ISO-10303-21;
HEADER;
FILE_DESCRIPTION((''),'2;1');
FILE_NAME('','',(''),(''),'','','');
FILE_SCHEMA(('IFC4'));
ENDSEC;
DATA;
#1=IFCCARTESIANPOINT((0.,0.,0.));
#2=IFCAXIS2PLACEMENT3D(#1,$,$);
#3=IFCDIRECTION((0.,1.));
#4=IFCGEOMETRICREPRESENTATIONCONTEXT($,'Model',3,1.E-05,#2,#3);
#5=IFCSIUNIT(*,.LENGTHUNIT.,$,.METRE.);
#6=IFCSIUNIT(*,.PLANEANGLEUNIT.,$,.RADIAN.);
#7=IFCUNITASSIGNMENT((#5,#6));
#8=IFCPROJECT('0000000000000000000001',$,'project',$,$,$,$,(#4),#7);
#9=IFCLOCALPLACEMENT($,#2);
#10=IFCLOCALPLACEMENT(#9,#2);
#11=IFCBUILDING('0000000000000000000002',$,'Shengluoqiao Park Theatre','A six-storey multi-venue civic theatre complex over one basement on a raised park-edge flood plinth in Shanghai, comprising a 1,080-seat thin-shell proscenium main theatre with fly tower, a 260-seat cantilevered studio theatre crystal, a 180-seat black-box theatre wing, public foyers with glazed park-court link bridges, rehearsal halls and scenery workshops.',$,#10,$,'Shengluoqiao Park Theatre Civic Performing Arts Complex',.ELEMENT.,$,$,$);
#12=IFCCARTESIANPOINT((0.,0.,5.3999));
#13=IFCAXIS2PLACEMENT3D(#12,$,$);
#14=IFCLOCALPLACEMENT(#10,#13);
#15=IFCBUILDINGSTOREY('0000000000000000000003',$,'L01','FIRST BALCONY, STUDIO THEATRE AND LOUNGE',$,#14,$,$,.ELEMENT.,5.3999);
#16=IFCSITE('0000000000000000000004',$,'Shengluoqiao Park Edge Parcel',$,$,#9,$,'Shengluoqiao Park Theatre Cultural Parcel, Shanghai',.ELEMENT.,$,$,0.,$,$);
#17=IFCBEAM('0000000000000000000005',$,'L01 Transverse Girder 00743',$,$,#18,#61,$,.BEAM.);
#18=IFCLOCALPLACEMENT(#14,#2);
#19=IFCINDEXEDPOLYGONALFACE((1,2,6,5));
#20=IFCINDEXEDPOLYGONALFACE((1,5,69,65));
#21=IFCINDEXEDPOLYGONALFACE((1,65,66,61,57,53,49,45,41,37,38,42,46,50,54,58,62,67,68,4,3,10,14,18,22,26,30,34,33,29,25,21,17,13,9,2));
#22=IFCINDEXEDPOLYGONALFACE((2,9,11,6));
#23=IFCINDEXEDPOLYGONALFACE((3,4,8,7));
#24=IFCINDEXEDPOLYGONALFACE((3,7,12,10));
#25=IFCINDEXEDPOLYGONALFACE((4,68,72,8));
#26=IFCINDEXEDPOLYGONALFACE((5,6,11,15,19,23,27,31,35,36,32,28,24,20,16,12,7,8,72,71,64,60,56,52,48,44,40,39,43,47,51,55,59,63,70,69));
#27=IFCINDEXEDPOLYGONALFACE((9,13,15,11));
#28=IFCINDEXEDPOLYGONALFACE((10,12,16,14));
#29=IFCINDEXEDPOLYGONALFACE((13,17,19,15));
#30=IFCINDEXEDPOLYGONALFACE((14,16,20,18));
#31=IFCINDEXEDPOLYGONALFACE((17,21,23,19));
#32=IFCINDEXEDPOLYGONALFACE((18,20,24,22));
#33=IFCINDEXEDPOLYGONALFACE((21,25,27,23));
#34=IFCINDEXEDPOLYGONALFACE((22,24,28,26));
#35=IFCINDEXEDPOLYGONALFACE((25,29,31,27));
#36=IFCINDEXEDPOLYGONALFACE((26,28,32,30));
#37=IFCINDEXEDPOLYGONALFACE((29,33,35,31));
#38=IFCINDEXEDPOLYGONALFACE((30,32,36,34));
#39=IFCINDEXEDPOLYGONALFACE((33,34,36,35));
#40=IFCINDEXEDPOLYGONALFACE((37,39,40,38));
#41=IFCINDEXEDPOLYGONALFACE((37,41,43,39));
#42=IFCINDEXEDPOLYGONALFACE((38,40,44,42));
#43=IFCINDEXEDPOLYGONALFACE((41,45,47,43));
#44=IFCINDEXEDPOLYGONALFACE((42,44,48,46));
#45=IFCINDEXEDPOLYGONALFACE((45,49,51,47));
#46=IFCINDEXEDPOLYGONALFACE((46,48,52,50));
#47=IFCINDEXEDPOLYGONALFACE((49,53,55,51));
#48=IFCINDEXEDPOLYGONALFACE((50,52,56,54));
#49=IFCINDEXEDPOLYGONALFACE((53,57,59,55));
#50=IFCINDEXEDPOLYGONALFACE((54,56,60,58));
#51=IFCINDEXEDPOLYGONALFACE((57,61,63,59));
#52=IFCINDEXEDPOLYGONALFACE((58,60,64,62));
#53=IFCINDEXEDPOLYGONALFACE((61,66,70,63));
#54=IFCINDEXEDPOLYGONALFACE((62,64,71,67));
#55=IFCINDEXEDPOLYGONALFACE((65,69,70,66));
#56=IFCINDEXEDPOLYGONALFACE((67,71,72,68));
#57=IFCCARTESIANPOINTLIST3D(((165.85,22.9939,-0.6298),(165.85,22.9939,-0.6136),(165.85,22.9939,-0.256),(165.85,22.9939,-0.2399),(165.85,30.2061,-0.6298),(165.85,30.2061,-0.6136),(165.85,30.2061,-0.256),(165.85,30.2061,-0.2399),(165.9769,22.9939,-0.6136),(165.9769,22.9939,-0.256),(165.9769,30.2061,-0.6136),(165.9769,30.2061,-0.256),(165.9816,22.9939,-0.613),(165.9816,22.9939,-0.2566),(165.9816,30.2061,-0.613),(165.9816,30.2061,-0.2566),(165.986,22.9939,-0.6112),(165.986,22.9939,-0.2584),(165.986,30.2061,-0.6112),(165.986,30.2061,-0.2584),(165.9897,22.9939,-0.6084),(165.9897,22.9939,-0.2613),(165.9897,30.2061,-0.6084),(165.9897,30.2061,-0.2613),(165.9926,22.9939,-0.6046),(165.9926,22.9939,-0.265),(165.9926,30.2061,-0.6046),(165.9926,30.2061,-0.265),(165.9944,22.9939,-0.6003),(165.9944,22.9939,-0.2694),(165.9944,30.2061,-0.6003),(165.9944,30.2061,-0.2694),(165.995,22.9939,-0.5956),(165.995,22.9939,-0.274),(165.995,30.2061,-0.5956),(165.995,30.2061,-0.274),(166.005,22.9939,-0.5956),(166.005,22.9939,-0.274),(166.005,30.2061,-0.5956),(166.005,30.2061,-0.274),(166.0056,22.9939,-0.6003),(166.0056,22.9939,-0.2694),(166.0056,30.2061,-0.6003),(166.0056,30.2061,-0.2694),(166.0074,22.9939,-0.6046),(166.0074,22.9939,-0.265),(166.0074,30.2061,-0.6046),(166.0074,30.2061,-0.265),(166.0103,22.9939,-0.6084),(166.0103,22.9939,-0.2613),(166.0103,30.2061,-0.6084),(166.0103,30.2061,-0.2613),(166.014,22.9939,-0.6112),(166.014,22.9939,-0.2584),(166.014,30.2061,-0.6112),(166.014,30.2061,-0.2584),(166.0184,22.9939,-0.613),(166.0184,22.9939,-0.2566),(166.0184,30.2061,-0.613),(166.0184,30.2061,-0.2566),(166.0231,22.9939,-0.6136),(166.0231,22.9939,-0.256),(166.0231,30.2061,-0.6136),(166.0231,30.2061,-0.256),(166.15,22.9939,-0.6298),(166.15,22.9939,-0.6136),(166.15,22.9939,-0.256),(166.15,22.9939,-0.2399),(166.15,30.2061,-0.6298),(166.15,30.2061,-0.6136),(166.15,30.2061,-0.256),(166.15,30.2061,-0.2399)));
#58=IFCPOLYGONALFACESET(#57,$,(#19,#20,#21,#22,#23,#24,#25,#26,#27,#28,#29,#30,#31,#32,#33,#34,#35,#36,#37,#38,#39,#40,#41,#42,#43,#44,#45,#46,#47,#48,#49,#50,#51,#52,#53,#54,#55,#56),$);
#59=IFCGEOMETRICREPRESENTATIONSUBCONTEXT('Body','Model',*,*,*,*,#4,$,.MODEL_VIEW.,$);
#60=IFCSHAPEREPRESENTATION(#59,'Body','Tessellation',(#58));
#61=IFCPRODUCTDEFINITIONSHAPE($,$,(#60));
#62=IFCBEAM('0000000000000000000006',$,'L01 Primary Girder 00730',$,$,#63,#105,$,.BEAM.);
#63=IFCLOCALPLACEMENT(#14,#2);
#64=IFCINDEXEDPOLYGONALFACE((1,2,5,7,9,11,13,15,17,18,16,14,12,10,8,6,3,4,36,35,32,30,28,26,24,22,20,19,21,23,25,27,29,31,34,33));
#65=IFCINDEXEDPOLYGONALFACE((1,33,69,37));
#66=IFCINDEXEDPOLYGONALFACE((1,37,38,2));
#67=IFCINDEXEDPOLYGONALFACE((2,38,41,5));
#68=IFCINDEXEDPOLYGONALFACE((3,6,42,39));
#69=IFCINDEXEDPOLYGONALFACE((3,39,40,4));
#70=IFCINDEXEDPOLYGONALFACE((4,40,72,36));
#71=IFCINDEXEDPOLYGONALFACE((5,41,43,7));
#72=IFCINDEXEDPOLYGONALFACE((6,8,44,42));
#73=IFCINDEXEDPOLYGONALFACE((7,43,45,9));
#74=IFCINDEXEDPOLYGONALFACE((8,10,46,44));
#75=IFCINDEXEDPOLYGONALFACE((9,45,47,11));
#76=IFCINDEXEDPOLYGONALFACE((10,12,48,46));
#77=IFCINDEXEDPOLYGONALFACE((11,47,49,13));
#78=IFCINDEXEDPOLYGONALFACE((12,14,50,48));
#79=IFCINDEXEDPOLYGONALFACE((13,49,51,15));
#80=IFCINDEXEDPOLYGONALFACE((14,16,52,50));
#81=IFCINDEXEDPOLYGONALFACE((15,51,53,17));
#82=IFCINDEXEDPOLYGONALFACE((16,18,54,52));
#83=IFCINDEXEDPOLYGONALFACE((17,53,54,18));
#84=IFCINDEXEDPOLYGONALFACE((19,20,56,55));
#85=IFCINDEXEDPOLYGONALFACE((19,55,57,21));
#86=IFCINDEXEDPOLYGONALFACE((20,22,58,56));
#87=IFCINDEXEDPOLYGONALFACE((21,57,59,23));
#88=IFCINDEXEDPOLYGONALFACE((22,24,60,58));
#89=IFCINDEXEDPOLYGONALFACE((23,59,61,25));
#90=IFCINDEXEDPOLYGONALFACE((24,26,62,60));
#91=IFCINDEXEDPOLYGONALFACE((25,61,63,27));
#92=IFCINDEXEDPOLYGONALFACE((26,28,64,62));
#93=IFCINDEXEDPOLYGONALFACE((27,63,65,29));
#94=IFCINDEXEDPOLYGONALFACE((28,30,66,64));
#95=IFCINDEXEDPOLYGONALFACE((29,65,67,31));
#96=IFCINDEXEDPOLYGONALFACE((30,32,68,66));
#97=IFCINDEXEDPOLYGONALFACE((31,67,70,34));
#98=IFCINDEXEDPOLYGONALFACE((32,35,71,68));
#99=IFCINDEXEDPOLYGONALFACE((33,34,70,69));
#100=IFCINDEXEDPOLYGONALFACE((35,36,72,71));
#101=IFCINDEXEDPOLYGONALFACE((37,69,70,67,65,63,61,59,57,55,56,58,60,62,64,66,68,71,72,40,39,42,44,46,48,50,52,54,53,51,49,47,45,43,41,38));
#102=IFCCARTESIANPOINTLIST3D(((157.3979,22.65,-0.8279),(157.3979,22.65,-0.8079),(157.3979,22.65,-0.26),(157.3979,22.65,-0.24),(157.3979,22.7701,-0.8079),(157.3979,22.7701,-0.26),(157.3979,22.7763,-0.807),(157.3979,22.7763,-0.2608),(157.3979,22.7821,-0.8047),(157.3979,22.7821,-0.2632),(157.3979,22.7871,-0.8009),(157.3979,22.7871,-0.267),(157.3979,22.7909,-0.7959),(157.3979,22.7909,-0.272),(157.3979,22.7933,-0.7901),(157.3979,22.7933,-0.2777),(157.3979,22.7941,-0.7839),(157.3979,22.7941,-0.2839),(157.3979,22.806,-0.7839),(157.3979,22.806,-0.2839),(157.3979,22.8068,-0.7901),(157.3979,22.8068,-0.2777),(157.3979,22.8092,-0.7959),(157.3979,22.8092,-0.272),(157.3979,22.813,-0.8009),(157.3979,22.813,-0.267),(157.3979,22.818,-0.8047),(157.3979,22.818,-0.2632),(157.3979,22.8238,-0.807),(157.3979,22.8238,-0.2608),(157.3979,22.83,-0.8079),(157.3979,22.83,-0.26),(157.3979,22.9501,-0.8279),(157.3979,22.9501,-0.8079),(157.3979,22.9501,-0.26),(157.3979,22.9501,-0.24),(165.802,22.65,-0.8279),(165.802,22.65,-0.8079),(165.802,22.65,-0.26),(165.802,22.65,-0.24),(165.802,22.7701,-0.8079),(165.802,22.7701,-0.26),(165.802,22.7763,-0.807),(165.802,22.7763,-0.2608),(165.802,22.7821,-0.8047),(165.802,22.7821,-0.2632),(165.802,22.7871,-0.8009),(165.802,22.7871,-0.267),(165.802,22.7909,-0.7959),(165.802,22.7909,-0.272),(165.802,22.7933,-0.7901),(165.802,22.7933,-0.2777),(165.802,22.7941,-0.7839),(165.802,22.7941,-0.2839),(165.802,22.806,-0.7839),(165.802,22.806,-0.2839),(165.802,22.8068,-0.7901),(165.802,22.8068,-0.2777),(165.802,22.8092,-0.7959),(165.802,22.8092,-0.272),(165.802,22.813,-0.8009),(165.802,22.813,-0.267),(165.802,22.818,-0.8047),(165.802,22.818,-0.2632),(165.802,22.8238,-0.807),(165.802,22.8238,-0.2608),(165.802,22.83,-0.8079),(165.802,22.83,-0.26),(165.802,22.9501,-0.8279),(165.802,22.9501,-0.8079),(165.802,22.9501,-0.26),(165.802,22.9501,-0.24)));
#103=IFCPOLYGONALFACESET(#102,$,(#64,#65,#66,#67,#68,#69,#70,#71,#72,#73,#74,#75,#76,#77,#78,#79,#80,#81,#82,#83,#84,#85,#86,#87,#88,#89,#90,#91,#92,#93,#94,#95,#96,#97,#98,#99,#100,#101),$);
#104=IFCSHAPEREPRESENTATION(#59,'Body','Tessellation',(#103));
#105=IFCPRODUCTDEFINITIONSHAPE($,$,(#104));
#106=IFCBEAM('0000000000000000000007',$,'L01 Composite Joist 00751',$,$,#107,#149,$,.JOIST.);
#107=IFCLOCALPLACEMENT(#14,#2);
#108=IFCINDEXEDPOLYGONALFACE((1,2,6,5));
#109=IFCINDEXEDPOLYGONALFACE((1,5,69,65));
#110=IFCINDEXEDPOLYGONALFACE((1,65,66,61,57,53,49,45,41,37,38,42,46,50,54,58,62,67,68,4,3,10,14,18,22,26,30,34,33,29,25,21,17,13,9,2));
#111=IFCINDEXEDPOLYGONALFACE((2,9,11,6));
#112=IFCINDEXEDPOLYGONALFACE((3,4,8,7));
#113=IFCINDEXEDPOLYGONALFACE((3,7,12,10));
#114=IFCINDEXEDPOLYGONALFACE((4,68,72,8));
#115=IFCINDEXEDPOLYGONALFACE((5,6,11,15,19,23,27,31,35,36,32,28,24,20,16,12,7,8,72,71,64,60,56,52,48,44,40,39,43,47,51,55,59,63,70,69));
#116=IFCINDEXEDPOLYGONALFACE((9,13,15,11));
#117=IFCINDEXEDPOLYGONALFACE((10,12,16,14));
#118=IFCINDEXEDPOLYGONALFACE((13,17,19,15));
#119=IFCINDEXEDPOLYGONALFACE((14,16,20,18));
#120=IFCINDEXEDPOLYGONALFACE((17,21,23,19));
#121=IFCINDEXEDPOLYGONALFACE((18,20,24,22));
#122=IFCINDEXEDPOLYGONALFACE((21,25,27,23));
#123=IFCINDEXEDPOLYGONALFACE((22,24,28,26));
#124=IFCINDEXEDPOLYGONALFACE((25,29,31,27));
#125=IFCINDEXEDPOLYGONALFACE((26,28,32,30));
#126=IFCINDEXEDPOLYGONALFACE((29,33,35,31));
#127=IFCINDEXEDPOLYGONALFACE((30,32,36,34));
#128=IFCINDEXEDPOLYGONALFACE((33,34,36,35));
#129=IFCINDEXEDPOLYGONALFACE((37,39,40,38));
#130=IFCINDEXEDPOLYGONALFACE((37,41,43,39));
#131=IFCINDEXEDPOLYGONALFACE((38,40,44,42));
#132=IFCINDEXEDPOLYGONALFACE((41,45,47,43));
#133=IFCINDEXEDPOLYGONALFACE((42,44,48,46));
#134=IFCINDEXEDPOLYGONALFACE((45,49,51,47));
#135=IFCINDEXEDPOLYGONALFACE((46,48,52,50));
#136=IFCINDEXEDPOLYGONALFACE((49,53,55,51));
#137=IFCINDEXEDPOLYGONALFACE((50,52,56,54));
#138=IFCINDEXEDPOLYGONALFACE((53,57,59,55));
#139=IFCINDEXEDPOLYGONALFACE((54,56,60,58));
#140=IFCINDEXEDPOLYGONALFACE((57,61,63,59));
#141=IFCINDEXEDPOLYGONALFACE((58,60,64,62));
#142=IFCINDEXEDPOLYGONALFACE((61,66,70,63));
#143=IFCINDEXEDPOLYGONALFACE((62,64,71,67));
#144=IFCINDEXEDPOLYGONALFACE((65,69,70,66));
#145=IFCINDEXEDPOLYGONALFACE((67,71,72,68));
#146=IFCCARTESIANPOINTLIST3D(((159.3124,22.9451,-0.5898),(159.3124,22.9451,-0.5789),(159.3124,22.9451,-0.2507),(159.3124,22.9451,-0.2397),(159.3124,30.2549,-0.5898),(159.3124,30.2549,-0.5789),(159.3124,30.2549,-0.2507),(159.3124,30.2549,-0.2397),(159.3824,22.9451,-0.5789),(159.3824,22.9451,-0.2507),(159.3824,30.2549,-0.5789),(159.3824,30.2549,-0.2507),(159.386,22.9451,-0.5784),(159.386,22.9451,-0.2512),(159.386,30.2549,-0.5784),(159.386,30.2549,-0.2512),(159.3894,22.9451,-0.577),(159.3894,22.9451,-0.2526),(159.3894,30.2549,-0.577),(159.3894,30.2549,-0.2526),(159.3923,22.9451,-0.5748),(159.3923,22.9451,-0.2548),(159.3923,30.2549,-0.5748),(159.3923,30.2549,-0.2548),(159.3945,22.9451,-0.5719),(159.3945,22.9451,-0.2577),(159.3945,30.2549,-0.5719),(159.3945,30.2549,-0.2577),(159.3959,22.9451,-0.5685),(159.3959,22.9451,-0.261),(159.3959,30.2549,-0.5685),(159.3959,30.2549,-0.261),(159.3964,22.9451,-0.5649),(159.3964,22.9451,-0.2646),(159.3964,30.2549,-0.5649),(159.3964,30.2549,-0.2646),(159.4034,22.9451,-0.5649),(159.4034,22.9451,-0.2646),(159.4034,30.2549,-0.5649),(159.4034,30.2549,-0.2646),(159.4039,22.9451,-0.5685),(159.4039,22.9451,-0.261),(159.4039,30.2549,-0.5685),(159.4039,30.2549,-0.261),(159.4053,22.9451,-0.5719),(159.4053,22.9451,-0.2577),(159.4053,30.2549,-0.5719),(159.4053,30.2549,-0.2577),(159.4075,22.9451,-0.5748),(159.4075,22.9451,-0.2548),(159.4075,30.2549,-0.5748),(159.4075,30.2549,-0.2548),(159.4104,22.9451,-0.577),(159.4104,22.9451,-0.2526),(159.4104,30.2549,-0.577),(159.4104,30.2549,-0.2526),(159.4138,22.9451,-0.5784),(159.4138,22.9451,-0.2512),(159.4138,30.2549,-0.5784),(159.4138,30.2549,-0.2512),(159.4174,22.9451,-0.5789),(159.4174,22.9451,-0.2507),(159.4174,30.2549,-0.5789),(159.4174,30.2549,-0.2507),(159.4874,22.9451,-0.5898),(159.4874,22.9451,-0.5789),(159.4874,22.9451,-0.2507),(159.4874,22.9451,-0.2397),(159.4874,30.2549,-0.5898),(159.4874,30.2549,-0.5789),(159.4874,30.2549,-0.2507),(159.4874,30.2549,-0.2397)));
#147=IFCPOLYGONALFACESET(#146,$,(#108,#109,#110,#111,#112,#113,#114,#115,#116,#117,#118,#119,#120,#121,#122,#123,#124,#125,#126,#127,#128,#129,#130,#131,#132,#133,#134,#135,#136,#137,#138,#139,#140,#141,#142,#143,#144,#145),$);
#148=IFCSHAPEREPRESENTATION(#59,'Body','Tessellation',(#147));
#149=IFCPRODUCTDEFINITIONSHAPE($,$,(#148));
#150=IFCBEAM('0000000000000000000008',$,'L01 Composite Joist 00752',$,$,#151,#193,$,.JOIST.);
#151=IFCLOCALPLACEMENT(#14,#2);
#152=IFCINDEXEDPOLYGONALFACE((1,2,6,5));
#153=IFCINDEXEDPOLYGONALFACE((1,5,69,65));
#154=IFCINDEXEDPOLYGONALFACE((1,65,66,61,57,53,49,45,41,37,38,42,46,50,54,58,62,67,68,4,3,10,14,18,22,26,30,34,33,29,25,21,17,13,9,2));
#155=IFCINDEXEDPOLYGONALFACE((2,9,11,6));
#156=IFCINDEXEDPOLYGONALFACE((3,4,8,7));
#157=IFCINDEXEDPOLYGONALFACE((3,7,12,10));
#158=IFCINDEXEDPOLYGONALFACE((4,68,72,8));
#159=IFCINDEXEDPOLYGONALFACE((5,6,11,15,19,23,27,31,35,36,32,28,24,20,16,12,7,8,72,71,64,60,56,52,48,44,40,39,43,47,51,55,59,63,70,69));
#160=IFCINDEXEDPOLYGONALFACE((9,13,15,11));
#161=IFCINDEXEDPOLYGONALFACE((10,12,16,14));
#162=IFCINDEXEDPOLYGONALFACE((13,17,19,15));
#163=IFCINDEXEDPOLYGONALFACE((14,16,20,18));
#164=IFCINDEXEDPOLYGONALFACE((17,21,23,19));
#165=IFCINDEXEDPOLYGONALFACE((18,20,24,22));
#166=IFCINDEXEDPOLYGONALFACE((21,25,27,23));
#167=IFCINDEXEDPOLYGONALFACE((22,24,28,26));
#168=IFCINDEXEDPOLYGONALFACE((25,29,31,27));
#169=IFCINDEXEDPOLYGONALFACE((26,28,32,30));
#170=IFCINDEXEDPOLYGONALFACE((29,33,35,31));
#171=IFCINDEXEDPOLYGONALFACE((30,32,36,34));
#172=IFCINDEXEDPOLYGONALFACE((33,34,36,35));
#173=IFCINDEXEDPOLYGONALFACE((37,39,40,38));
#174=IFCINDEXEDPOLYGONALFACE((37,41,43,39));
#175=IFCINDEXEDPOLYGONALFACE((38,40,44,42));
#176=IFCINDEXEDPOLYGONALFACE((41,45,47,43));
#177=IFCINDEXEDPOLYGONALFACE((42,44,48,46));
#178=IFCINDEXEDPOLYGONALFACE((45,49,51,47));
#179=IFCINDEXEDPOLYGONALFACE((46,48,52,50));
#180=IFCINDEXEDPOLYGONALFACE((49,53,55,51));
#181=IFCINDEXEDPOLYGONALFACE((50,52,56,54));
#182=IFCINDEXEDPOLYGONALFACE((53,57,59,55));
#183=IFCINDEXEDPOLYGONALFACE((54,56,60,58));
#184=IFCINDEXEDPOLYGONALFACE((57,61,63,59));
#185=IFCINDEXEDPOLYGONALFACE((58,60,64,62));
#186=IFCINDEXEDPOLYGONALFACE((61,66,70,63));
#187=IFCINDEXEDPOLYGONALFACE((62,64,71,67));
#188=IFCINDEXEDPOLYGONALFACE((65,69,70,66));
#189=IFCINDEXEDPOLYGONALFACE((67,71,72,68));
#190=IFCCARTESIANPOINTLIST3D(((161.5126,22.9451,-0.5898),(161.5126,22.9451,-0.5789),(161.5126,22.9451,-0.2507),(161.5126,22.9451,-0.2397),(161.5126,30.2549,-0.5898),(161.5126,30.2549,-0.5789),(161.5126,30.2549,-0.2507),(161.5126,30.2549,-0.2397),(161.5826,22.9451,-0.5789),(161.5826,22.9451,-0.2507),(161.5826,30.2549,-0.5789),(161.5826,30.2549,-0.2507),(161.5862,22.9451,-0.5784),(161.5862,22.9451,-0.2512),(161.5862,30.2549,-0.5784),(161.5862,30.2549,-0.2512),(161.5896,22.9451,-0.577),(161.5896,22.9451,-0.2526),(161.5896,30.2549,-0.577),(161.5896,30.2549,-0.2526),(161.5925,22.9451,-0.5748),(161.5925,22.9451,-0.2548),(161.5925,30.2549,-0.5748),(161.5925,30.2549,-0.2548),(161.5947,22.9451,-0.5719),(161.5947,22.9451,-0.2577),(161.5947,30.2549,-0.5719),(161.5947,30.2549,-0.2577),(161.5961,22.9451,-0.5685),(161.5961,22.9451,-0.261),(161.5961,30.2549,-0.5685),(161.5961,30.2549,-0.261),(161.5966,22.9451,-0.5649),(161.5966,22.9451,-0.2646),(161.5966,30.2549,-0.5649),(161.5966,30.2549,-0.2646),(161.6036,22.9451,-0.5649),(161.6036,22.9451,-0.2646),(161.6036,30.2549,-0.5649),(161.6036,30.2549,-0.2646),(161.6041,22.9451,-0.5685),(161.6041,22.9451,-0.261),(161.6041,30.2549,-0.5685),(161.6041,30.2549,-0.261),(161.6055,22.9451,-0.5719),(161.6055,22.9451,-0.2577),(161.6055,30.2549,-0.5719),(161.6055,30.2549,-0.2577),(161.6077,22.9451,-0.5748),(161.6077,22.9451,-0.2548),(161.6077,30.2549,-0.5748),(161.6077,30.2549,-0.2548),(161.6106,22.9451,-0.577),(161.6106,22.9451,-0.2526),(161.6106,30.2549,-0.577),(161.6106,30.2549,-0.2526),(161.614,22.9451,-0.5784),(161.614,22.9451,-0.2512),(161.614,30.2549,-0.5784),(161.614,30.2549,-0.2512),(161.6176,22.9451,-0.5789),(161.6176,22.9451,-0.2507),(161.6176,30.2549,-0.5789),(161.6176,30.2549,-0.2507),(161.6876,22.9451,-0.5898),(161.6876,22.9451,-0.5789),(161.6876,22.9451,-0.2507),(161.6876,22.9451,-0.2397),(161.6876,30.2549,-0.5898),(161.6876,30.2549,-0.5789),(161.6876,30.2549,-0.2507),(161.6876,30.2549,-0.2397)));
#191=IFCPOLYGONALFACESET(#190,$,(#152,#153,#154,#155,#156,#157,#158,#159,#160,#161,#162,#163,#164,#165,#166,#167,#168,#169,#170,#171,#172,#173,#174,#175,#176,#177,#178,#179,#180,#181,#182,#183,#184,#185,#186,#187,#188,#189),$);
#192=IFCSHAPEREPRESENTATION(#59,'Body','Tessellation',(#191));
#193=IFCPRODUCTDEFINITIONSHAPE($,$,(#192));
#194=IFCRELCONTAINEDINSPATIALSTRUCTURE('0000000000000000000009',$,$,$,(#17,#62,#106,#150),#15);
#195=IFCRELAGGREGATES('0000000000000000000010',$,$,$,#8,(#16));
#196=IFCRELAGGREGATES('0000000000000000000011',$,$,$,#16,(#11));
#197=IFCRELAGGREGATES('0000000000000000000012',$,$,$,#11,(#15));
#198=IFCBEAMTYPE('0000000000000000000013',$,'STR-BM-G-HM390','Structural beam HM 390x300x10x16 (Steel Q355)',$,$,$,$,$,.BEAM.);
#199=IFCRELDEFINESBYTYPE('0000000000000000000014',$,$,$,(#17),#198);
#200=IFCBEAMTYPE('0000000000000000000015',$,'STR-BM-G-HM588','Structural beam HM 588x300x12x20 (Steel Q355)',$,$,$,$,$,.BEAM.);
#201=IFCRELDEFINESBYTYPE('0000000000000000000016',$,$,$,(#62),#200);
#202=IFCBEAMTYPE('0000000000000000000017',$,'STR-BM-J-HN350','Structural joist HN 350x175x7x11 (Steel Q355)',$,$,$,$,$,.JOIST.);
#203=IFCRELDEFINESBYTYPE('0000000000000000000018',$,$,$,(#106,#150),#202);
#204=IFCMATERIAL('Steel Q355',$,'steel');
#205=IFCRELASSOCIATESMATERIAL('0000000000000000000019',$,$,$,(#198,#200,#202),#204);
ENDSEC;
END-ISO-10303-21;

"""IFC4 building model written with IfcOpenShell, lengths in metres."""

from ifc_helpers import new_model, si_unit, direction, frame, origin, origin_2d, place, context, subcontext, project, spatial, i_section, extrude, material, material_profile, profile_set, type_object, element, save


model = new_model("IFC4")

# Units and contexts
model_context = context("Model", 3, precision=1e-05, world=origin(), true_north=direction((0.0, 1.0)))
body_context = subcontext(model_context, "Body", "Model", "MODEL_VIEW")
ifc_project = project(units=[si_unit("LENGTHUNIT", "METRE"), si_unit("PLANEANGLEUNIT", "RADIAN")], contexts=[model_context])

# Site, building, storey
site_placement = place(None, origin())
site = spatial("IfcSite", under=ifc_project, at=site_placement, Name="Shengluoqiao Park Edge Parcel", LongName="Shengluoqiao Park Theatre Cultural Parcel, Shanghai", CompositionType="ELEMENT", RefElevation=0.0)
building_placement = place(site_placement, origin())
building = spatial("IfcBuilding", under=site, at=building_placement, Name="Shengluoqiao Park Theatre", Description="A six-storey multi-venue civic theatre complex over one basement on a raised park-edge flood plinth in Shanghai, comprising a 1,080-seat thin-shell proscenium main theatre with fly tower, a 260-seat cantilevered studio theatre crystal, a 180-seat black-box theatre wing, public foyers with glazed park-court link bridges, rehearsal halls and scenery workshops.", LongName="Shengluoqiao Park Theatre Civic Performing Arts Complex", CompositionType="ELEMENT")
storey_placement = place(building_placement, frame((0.0, 0.0, 5.3999)))
storey = spatial("IfcBuildingStorey", under=building, at=storey_placement, Name="L01", Description="FIRST BALCONY, STUDIO THEATRE AND LOUNGE", CompositionType="ELEMENT", Elevation=5.3999)

# Beams
ifc_material_1 = material(Name="Steel Q355", Category="steel")
ifc_material_profile_1 = material_profile(ifc_material_1, i_section(OverallWidth=0.3, OverallDepth=0.3899, WebThickness=0.01, FlangeThickness=0.0161, FilletRadius=0.0181, at=origin_2d()), Name="HM 390x300x10x16")
ifc_profile_set_1 = profile_set([ifc_material_profile_1], Name="Steel Q355")
beam_type_1 = type_object("IfcBeamType", Name="STR-BM-G-HM390", Description="Structural beam HM 390x300x10x16 (Steel Q355)", PredefinedType="BEAM", material=ifc_profile_set_1)
for number, where, z_axis, x_axis, name in (
    (1, (166.0, 22.9939, -0.4348), (0.0, 1.0, 0.0), (-1.0, 0.0, 0.0), "L01 Transverse Girder 00743"),
):
    element("IfcBeam", number, at=place(storey_placement, frame(where, z_axis=z_axis, x_axis=x_axis)), inside=storey, type_object=beam_type_1, Name=name, PredefinedType="BEAM", context=body_context, shape_type="SweptSolid", body=[
        extrude(i_section(OverallWidth=0.3, OverallDepth=0.3899, WebThickness=0.01, FlangeThickness=0.0161, FilletRadius=0.0181, at=origin_2d()), origin(), (0.0, 0.0, 1.0), 7.2122),
    ])
ifc_material_profile_2 = material_profile(ifc_material_1, i_section(OverallWidth=0.3, OverallDepth=0.5879, WebThickness=0.012, FlangeThickness=0.02, FilletRadius=0.0239, at=origin_2d()), Name="HM 588x300x12x20")
ifc_profile_set_2 = profile_set([ifc_material_profile_2], Name="Steel Q355")
beam_type_2 = type_object("IfcBeamType", Name="STR-BM-G-HM588", Description="Structural beam HM 588x300x12x20 (Steel Q355)", PredefinedType="BEAM", material=ifc_profile_set_2)
beam_placement = place(storey_placement, frame((157.3979, 22.8, -0.5339), z_axis=(1.0, 0.0, 0.0), x_axis=(0.0, 1.0, 0.0)))
element("IfcBeam", 2, at=beam_placement, inside=storey, type_object=beam_type_2, Name="L01 Primary Girder 00730", PredefinedType="BEAM", context=body_context, shape_type="SweptSolid", body=[
    extrude(i_section(OverallWidth=0.3, OverallDepth=0.5879, WebThickness=0.012, FlangeThickness=0.02, FilletRadius=0.0239, at=origin_2d()), origin(), (0.0, 0.0, 1.0), 8.4041),
])
ifc_material_profile_3 = material_profile(ifc_material_1, i_section(OverallWidth=0.175, OverallDepth=0.3501, WebThickness=0.0071, FlangeThickness=0.011, FilletRadius=0.0139, at=origin_2d()), Name="HN 350x175x7x11")
ifc_profile_set_3 = profile_set([ifc_material_profile_3], Name="Steel Q355")
beam_type_3 = type_object("IfcBeamType", Name="STR-BM-J-HN350", Description="Structural joist HN 350x175x7x11 (Steel Q355)", PredefinedType="JOIST", material=ifc_profile_set_3)
for number, where, z_axis, x_axis, name in (
    (3, (159.3999, 22.9451, -0.4148), (0.0, 1.0, 0.0), (-1.0, 0.0, 0.0), "L01 Composite Joist 00751"),
    (4, (161.6001, 22.9451, -0.4148), (0.0, 1.0, 0.0), (-1.0, 0.0, 0.0), "L01 Composite Joist 00752"),
):
    element("IfcBeam", number, at=place(storey_placement, frame(where, z_axis=z_axis, x_axis=x_axis)), inside=storey, type_object=beam_type_3, Name=name, PredefinedType="JOIST", context=body_context, shape_type="SweptSolid", body=[
        extrude(i_section(OverallWidth=0.175, OverallDepth=0.3501, WebThickness=0.0071, FlangeThickness=0.011, FilletRadius=0.0139, at=origin_2d()), origin(), (0.0, 0.0, 1.0), 7.3098),
    ])

save(model, "model.ifc")
